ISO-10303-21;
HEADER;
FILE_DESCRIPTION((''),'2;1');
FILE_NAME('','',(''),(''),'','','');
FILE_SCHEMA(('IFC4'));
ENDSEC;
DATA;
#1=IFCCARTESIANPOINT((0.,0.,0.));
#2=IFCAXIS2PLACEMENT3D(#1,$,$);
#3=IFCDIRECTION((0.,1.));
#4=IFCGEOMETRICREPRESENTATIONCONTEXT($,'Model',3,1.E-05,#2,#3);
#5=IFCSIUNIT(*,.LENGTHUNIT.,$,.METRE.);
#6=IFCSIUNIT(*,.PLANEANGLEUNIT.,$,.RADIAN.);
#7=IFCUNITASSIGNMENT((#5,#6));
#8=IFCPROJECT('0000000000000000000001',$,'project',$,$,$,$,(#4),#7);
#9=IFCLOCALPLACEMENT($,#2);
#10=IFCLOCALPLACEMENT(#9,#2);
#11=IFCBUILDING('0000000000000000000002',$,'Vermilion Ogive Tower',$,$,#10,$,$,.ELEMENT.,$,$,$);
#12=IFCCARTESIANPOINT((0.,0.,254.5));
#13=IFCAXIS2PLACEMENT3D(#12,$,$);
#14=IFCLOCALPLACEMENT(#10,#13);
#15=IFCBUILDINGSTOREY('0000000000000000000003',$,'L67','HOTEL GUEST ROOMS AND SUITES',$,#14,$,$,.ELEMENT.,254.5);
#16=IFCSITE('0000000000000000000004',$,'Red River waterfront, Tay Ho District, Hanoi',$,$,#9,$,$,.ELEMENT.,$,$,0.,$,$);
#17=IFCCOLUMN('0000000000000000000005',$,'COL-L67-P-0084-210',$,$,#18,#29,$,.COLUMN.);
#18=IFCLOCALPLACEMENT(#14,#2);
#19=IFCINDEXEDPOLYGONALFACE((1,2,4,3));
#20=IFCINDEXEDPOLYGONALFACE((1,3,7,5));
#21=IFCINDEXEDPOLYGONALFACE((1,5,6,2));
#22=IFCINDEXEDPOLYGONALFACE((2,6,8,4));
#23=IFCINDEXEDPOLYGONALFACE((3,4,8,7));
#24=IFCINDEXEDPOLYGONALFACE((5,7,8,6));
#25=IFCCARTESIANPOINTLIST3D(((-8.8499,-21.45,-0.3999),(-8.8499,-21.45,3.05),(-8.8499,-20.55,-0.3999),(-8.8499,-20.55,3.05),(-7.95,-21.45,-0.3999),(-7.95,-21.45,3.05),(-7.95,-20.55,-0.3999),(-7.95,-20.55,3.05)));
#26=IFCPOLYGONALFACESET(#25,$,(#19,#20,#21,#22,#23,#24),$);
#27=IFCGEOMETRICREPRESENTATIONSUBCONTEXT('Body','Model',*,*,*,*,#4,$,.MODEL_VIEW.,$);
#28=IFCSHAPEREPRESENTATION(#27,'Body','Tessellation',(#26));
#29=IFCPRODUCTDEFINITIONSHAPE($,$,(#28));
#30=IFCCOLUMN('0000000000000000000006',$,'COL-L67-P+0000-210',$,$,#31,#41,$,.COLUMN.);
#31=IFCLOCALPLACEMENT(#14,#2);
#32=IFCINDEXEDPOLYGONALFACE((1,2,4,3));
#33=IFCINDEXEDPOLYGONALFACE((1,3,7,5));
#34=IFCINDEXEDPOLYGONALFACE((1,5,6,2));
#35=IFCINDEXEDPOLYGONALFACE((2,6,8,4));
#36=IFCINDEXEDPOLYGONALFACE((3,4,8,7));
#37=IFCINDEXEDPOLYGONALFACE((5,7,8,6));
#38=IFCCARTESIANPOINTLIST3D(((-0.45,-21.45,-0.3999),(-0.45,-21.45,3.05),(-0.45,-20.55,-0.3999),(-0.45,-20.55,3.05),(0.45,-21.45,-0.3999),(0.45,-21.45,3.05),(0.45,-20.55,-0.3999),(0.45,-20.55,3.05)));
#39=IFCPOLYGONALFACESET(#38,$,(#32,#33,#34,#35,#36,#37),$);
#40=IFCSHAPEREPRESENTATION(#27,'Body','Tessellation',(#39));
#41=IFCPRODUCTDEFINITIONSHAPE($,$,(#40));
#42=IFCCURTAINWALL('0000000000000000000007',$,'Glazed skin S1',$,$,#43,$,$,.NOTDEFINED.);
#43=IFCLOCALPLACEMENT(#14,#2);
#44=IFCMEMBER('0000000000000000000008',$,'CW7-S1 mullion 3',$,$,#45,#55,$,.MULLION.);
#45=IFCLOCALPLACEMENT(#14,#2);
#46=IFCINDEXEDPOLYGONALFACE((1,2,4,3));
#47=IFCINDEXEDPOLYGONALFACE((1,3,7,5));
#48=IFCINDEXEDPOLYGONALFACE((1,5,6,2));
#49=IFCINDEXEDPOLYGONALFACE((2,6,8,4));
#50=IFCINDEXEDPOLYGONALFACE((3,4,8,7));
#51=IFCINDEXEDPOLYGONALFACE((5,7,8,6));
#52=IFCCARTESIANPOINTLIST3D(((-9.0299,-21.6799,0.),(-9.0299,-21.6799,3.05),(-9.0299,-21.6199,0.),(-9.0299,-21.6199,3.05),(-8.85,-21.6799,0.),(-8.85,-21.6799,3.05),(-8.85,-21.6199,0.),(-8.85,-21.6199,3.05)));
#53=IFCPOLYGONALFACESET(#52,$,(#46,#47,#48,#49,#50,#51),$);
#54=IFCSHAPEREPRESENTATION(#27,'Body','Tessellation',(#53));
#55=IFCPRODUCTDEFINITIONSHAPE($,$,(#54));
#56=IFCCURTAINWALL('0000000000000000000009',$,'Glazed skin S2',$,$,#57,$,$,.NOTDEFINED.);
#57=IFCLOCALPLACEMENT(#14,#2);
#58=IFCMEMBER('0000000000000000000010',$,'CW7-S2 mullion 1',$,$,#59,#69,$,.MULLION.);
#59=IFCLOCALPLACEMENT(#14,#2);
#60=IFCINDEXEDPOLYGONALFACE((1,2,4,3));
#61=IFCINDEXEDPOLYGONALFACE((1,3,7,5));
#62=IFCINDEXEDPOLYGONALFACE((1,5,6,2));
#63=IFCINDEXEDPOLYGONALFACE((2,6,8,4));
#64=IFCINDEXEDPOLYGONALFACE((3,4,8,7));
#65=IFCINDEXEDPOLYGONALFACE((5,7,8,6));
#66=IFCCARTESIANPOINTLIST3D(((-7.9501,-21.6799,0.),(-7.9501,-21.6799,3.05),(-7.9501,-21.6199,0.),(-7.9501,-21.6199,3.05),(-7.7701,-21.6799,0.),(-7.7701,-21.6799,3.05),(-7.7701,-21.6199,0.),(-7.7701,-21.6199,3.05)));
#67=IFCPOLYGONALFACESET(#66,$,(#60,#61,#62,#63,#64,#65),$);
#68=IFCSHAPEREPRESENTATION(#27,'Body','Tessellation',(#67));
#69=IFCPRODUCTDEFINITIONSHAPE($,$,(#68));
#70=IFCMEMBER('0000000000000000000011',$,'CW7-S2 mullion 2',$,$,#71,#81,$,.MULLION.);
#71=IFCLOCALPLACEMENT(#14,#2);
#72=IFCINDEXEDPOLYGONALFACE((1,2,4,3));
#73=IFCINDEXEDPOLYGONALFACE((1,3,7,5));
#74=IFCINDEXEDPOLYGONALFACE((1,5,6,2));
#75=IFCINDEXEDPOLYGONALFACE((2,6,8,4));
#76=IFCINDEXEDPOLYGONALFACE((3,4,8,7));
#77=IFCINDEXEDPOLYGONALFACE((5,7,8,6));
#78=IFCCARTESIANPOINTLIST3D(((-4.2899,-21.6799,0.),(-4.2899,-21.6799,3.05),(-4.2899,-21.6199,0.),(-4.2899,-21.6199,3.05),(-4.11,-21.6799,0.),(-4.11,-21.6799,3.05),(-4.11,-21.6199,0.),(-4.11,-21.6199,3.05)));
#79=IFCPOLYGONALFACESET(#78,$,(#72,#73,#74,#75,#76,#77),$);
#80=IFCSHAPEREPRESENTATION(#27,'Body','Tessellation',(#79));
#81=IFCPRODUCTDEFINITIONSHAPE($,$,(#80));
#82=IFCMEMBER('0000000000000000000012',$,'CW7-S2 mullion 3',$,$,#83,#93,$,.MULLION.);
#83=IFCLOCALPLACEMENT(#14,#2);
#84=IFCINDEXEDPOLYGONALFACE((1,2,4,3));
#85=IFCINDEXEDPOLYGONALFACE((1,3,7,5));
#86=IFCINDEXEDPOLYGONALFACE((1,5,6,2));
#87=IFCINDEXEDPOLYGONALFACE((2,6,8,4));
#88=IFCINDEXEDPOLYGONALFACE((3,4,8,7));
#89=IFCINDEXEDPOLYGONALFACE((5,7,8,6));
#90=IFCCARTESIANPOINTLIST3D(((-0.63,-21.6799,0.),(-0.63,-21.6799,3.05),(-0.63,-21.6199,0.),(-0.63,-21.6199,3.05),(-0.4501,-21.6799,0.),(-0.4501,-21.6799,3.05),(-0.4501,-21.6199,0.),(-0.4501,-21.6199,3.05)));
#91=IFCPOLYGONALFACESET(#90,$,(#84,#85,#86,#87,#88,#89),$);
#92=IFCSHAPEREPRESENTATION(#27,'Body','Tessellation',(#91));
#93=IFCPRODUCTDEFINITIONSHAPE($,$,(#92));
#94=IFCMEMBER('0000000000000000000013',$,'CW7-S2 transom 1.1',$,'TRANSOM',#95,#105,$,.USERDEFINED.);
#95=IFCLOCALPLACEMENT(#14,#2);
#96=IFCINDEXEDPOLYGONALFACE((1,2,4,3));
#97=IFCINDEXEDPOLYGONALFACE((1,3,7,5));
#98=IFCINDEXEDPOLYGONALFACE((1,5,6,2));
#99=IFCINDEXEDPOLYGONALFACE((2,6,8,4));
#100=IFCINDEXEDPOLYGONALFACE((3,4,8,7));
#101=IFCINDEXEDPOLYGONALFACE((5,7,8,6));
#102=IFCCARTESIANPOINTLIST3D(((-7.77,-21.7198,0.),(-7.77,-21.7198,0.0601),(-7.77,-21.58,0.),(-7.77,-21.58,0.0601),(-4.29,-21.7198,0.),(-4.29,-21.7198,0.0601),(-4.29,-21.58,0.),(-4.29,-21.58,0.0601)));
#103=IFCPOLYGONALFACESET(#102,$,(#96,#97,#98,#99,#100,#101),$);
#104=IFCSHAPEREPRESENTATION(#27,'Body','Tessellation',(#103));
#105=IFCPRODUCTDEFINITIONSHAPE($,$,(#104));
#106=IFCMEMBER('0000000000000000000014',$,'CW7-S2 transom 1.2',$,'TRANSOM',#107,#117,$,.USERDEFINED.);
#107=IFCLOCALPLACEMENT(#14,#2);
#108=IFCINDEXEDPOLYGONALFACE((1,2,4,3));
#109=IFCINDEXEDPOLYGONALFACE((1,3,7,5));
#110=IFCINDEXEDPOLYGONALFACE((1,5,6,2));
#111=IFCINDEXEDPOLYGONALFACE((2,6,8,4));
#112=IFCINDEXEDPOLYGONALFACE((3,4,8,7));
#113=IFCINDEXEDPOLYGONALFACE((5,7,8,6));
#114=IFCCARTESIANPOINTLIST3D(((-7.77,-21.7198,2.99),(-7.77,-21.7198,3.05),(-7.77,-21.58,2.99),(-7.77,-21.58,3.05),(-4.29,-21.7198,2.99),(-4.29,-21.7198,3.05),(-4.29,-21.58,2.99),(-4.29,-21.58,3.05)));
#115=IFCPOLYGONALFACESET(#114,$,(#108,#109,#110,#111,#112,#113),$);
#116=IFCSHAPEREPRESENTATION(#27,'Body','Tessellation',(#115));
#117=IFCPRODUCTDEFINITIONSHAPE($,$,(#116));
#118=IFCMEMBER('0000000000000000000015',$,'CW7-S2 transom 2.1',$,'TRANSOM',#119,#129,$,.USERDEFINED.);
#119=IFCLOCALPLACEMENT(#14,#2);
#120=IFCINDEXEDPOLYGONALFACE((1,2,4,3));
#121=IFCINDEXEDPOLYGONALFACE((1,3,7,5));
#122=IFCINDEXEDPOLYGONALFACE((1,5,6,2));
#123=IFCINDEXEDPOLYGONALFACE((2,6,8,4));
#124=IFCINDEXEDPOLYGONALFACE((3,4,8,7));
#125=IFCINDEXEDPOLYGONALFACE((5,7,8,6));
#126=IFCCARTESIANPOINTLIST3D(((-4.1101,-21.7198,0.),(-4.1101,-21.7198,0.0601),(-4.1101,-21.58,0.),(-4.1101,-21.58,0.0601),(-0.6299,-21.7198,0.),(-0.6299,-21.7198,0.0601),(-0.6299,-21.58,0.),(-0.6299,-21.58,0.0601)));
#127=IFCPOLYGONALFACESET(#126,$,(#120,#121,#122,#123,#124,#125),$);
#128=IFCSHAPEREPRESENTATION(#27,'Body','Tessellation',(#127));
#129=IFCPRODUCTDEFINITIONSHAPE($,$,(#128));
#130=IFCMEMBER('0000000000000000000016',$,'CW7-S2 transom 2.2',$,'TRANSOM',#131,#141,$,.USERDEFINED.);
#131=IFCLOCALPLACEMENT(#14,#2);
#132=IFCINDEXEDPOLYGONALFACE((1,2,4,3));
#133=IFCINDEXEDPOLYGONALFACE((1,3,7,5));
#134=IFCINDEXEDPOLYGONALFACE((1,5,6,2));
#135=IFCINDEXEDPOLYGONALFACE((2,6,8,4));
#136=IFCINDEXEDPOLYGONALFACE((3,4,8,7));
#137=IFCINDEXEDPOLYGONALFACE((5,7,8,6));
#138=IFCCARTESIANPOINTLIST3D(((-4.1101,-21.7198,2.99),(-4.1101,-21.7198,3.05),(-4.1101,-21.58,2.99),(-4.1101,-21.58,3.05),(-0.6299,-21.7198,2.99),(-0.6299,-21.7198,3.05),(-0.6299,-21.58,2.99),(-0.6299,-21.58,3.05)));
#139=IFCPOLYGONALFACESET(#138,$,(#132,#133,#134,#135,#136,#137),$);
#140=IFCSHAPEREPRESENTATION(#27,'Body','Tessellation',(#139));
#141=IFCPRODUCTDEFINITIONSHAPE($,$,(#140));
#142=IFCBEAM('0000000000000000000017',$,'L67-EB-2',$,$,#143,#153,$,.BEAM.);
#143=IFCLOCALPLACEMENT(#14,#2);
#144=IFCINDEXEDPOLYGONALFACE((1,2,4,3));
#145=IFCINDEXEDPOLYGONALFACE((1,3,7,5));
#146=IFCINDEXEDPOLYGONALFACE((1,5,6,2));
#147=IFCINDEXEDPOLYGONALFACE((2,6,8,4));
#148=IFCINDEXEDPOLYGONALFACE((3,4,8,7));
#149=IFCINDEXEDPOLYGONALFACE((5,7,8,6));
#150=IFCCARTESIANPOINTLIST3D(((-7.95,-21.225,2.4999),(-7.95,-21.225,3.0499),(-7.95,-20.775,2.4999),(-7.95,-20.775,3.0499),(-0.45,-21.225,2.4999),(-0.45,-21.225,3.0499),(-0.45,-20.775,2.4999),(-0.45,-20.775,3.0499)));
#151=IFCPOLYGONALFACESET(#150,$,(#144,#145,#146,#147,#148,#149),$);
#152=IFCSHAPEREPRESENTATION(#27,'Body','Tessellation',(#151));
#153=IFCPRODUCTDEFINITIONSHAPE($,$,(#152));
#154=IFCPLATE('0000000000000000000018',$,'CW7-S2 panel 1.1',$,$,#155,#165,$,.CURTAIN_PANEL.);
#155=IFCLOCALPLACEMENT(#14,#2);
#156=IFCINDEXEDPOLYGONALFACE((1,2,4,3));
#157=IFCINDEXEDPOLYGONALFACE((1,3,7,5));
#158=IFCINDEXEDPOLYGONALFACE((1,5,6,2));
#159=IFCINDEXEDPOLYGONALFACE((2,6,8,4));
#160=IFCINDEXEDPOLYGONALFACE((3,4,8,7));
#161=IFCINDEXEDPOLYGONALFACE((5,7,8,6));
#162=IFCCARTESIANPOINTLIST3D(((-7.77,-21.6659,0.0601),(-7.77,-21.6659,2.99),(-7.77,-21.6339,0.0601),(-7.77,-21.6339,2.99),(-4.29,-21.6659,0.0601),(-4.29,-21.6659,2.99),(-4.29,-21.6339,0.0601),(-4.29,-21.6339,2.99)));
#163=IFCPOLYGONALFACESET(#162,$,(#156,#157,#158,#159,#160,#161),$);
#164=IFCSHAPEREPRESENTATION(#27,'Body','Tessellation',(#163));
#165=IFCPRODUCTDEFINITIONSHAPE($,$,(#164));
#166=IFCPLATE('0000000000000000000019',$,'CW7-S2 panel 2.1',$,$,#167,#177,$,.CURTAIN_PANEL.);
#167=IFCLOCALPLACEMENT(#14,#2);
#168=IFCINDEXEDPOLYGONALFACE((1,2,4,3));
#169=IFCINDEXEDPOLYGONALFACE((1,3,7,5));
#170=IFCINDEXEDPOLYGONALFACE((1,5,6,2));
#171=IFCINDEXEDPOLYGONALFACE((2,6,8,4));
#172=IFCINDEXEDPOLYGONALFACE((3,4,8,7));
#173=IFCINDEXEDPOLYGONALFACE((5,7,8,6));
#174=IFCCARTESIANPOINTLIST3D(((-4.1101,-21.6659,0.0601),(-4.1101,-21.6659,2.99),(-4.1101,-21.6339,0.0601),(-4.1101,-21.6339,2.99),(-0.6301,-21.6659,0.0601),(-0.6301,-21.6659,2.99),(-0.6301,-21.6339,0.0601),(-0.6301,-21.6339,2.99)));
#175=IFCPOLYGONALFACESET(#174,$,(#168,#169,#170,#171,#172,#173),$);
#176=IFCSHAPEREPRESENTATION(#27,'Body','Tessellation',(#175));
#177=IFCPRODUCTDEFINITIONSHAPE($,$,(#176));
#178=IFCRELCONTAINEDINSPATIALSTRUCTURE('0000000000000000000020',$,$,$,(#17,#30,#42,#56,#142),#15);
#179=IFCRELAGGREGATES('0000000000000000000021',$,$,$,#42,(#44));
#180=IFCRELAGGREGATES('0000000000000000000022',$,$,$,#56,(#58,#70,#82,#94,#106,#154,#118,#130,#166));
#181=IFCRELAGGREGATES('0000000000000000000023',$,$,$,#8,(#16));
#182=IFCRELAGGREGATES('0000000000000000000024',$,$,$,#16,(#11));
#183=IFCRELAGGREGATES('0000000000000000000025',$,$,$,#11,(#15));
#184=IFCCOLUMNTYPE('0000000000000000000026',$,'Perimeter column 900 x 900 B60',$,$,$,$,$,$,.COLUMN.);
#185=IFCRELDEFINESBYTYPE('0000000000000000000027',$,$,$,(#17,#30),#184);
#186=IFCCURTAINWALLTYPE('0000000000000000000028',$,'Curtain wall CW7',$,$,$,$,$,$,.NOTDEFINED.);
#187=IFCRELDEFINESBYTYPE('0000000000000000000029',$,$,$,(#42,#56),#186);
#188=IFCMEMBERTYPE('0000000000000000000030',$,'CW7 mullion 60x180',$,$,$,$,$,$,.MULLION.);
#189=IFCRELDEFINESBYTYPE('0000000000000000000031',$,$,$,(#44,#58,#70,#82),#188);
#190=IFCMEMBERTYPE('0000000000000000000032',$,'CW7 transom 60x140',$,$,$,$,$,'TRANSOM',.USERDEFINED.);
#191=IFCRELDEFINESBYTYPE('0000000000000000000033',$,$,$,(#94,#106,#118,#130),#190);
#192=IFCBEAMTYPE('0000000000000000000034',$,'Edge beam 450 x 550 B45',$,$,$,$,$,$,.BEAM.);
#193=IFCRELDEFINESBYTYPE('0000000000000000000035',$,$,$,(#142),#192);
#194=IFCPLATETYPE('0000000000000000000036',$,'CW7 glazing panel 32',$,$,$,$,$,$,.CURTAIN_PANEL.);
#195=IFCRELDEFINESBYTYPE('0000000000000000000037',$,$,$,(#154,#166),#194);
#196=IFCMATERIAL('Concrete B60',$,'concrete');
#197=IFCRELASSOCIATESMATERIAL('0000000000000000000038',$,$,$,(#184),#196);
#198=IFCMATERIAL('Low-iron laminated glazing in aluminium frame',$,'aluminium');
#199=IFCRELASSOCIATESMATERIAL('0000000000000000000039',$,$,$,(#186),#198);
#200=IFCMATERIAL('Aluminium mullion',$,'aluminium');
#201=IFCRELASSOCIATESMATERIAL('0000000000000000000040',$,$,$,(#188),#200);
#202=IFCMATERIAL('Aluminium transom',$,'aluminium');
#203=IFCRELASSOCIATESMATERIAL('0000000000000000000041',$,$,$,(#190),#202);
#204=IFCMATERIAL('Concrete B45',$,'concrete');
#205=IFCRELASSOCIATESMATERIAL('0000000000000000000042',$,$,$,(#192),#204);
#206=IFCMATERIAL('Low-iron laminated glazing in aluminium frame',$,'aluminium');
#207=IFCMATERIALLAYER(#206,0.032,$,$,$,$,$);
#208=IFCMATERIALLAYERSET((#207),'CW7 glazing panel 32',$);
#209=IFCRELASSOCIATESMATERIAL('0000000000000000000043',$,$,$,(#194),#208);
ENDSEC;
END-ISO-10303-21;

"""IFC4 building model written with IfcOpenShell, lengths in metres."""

from ifc_helpers import new_model, si_unit, direction, frame, origin, origin_2d, place, context, subcontext, project, spatial, rectangle, extrude, material, layer, layer_set, material_profile, profile_set, type_object, element, aggregate, save


model = new_model("IFC4")

# Units and contexts
model_context = context("Model", 3, precision=1e-05, world=origin(), true_north=direction((0.0, 1.0)))
body_context = subcontext(model_context, "Body", "Model", "MODEL_VIEW")
ifc_project = project(units=[si_unit("LENGTHUNIT", "METRE"), si_unit("PLANEANGLEUNIT", "RADIAN")], contexts=[model_context])

# Site, building, storey
site_placement = place(None, origin())
site = spatial("IfcSite", under=ifc_project, at=site_placement, Name="Red River waterfront, Tay Ho District, Hanoi", CompositionType="ELEMENT", RefElevation=0.0)
building_placement = place(site_placement, origin())
building = spatial("IfcBuilding", under=site, at=building_placement, Name="Vermilion Ogive Tower", CompositionType="ELEMENT")
storey_placement = place(building_placement, frame((0.0, 0.0, 254.5)))
storey = spatial("IfcBuildingStorey", under=building, at=storey_placement, Name="L67", Description="HOTEL GUEST ROOMS AND SUITES", CompositionType="ELEMENT", Elevation=254.5)

# Columns
ifc_material_1 = material(Name="Concrete B60", Category="concrete")
ifc_material_profile_1 = material_profile(ifc_material_1, rectangle(XDim=0.8999, YDim=0.8999, at=origin_2d()), Name="900 x 900")
ifc_profile_set_1 = profile_set([ifc_material_profile_1], Name="Concrete B60")
column_type = type_object("IfcColumnType", Name="Perimeter column 900 x 900 B60", PredefinedType="COLUMN", material=ifc_profile_set_1)
for number, where, z_axis, x_axis, name in (
    (1, (-8.3999, -21.0, -0.3999), (0.0, 0.0, 1.0), (1.0, 0.0, 0.0), "COL-L67-P-0084-210"),
    (2, (0.0, -21.0, -0.3999), (0.0, 0.0, 1.0), (1.0, 0.0, 0.0), "COL-L67-P+0000-210"),
):
    element("IfcColumn", number, at=place(storey_placement, frame(where, z_axis=z_axis, x_axis=x_axis)), inside=storey, type_object=column_type, Name=name, PredefinedType="COLUMN", context=body_context, shape_type="SweptSolid", body=[
        extrude(rectangle(XDim=0.8999, YDim=0.8999, at=origin_2d()), origin(), (0.0, 0.0, 1.0), 3.45),
    ])

# Curtain wall, member
ifc_material_2 = material(Name="Low-iron laminated glazing in aluminium frame", Category="aluminium")
curtain_wall_type = type_object("IfcCurtainWallType", Name="Curtain wall CW7", PredefinedType="NOTDEFINED", material=ifc_material_2)
curtain_wall_1_placement = place(storey_placement, origin())
curtain_wall_1 = element("IfcCurtainWall", 3, at=curtain_wall_1_placement, inside=storey, type_object=curtain_wall_type, Name="Glazed skin S1", PredefinedType="NOTDEFINED")
ifc_material_3 = material(Name="Aluminium mullion", Category="aluminium")
ifc_material_profile_2 = material_profile(ifc_material_3, rectangle(XDim=0.0601, YDim=0.1799, at=origin_2d()), Name="AL 60x180")
ifc_profile_set_2 = profile_set([ifc_material_profile_2], Name="Aluminium mullion")
member_type_1 = type_object("IfcMemberType", Name="CW7 mullion 60x180", PredefinedType="MULLION", material=ifc_profile_set_2)
member_1_placement = place(storey_placement, frame((-8.9399, -21.6499, 0.0), z_axis=(0.0, 0.0, 1.0), x_axis=(0.0, 1.0, 0.0)))
member_1 = element("IfcMember", 4, at=member_1_placement, type_object=member_type_1, Name="CW7-S1 mullion 3", PredefinedType="MULLION", context=body_context, shape_type="SweptSolid", body=[
    extrude(rectangle(XDim=0.0601, YDim=0.1799, at=origin_2d()), origin(), (0.0, 0.0, 1.0), 3.05),
])
aggregate(curtain_wall_1, [member_1])

# Curtain wall, members
curtain_wall_2_placement = place(storey_placement, origin())
curtain_wall_2 = element("IfcCurtainWall", 5, at=curtain_wall_2_placement, inside=storey, type_object=curtain_wall_type, Name="Glazed skin S2", PredefinedType="NOTDEFINED")
member_2_placement = place(storey_placement, frame((-7.8601, -21.6499, 0.0), z_axis=(0.0, 0.0, 1.0), x_axis=(0.0, 1.0, 0.0)))
member_2 = element("IfcMember", 6, at=member_2_placement, type_object=member_type_1, Name="CW7-S2 mullion 1", PredefinedType="MULLION", context=body_context, shape_type="SweptSolid", body=[
    extrude(rectangle(XDim=0.0601, YDim=0.1799, at=origin_2d()), origin(), (0.0, 0.0, 1.0), 3.05),
])
member_3_placement = place(storey_placement, frame((-4.2, -21.6499, 0.0), z_axis=(0.0, 0.0, 1.0), x_axis=(0.0, 1.0, 0.0)))
member_3 = element("IfcMember", 7, at=member_3_placement, type_object=member_type_1, Name="CW7-S2 mullion 2", PredefinedType="MULLION", context=body_context, shape_type="SweptSolid", body=[
    extrude(rectangle(XDim=0.0601, YDim=0.1799, at=origin_2d()), origin(), (0.0, 0.0, 1.0), 3.05),
])
member_4_placement = place(storey_placement, frame((-0.54, -21.6499, 0.0), z_axis=(0.0, 0.0, 1.0), x_axis=(0.0, 1.0, 0.0)))
member_4 = element("IfcMember", 8, at=member_4_placement, type_object=member_type_1, Name="CW7-S2 mullion 3", PredefinedType="MULLION", context=body_context, shape_type="SweptSolid", body=[
    extrude(rectangle(XDim=0.0601, YDim=0.1799, at=origin_2d()), origin(), (0.0, 0.0, 1.0), 3.05),
])
ifc_material_4 = material(Name="Aluminium transom", Category="aluminium")
ifc_material_profile_3 = material_profile(ifc_material_4, rectangle(XDim=0.1399, YDim=0.0601, at=origin_2d()), Name="AL 60x140")
ifc_profile_set_3 = profile_set([ifc_material_profile_3], Name="Aluminium transom")
member_type_2 = type_object("IfcMemberType", Name="CW7 transom 60x140", ElementType="TRANSOM", PredefinedType="USERDEFINED", material=ifc_profile_set_3)
member_5_placement = place(storey_placement, frame((-7.77, -21.6499, 0.03), z_axis=(1.0, 0.0, 0.0), x_axis=(0.0, 1.0, 0.0)))
member_5 = element("IfcMember", 9, at=member_5_placement, type_object=member_type_2, Name="CW7-S2 transom 1.1", ObjectType="TRANSOM", PredefinedType="USERDEFINED", context=body_context, shape_type="SweptSolid", body=[
    extrude(rectangle(XDim=0.1399, YDim=0.0601, at=origin_2d()), origin(), (0.0, 0.0, 1.0), 3.48),
])
member_6_placement = place(storey_placement, frame((-7.77, -21.6499, 3.02), z_axis=(1.0, 0.0, 0.0), x_axis=(0.0, 1.0, 0.0)))
member_6 = element("IfcMember", 10, at=member_6_placement, type_object=member_type_2, Name="CW7-S2 transom 1.2", ObjectType="TRANSOM", PredefinedType="USERDEFINED", context=body_context, shape_type="SweptSolid", body=[
    extrude(rectangle(XDim=0.1399, YDim=0.0601, at=origin_2d()), origin(), (0.0, 0.0, 1.0), 3.48),
])
member_7_placement = place(storey_placement, frame((-4.1101, -21.6499, 0.03), z_axis=(1.0, 0.0, 0.0), x_axis=(0.0, 1.0, 0.0)))
member_7 = element("IfcMember", 11, at=member_7_placement, type_object=member_type_2, Name="CW7-S2 transom 2.1", ObjectType="TRANSOM", PredefinedType="USERDEFINED", context=body_context, shape_type="SweptSolid", body=[
    extrude(rectangle(XDim=0.1399, YDim=0.0601, at=origin_2d()), origin(), (0.0, 0.0, 1.0), 3.4802),
])
member_8_placement = place(storey_placement, frame((-4.1101, -21.6499, 3.02), z_axis=(1.0, 0.0, 0.0), x_axis=(0.0, 1.0, 0.0)))
member_8 = element("IfcMember", 12, at=member_8_placement, type_object=member_type_2, Name="CW7-S2 transom 2.2", ObjectType="TRANSOM", PredefinedType="USERDEFINED", context=body_context, shape_type="SweptSolid", body=[
    extrude(rectangle(XDim=0.1399, YDim=0.0601, at=origin_2d()), origin(), (0.0, 0.0, 1.0), 3.4802),
])

# Beam
ifc_material_5 = material(Name="Concrete B45", Category="concrete")
ifc_material_profile_4 = material_profile(ifc_material_5, rectangle(XDim=0.45, YDim=0.55, at=origin_2d()), Name="450 x 550")
ifc_profile_set_4 = profile_set([ifc_material_profile_4], Name="Concrete B45")
beam_type = type_object("IfcBeamType", Name="Edge beam 450 x 550 B45", PredefinedType="BEAM", material=ifc_profile_set_4)
beam_placement = place(storey_placement, frame((-7.95, -21.0, 2.7749), z_axis=(1.0, 0.0, 0.0), x_axis=(0.0, 1.0, 0.0)))
element("IfcBeam", 13, at=beam_placement, inside=storey, type_object=beam_type, Name="L67-EB-2", PredefinedType="BEAM", context=body_context, shape_type="SweptSolid", body=[
    extrude(rectangle(XDim=0.45, YDim=0.55, at=origin_2d()), origin(), (0.0, 0.0, 1.0), 7.5),
])

# Plates
ifc_material_6 = material(Name="Low-iron laminated glazing in aluminium frame", Category="aluminium")
ifc_layer_1 = layer(ifc_material_6, 0.032)
ifc_layer_set_1 = layer_set([ifc_layer_1], Name="CW7 glazing panel 32")
plate_type = type_object("IfcPlateType", Name="CW7 glazing panel 32", PredefinedType="CURTAIN_PANEL", material=ifc_layer_set_1)
plate_1_placement = place(storey_placement, frame((-6.03, -21.6499, 0.0601), z_axis=(0.0, 0.0, 1.0), x_axis=(1.0, 0.0, 0.0)))
plate_1 = element("IfcPlate", 14, at=plate_1_placement, type_object=plate_type, Name="CW7-S2 panel 1.1", PredefinedType="CURTAIN_PANEL", context=body_context, shape_type="SweptSolid", body=[
    extrude(rectangle(XDim=3.48, YDim=0.032, at=origin_2d()), origin(), (0.0, 0.0, 1.0), 2.9299),
])
plate_2_placement = place(storey_placement, frame((-2.3701, -21.6499, 0.0601), z_axis=(0.0, 0.0, 1.0), x_axis=(1.0, 0.0, 0.0)))
plate_2 = element("IfcPlate", 15, at=plate_2_placement, type_object=plate_type, Name="CW7-S2 panel 2.1", PredefinedType="CURTAIN_PANEL", context=body_context, shape_type="SweptSolid", body=[
    extrude(rectangle(XDim=3.48, YDim=0.032, at=origin_2d()), origin(), (0.0, 0.0, 1.0), 2.9299),
])
aggregate(curtain_wall_2, [member_2, member_3, member_4, member_5, member_6, plate_1, member_7, member_8, plate_2])

save(model, "model.ifc")
